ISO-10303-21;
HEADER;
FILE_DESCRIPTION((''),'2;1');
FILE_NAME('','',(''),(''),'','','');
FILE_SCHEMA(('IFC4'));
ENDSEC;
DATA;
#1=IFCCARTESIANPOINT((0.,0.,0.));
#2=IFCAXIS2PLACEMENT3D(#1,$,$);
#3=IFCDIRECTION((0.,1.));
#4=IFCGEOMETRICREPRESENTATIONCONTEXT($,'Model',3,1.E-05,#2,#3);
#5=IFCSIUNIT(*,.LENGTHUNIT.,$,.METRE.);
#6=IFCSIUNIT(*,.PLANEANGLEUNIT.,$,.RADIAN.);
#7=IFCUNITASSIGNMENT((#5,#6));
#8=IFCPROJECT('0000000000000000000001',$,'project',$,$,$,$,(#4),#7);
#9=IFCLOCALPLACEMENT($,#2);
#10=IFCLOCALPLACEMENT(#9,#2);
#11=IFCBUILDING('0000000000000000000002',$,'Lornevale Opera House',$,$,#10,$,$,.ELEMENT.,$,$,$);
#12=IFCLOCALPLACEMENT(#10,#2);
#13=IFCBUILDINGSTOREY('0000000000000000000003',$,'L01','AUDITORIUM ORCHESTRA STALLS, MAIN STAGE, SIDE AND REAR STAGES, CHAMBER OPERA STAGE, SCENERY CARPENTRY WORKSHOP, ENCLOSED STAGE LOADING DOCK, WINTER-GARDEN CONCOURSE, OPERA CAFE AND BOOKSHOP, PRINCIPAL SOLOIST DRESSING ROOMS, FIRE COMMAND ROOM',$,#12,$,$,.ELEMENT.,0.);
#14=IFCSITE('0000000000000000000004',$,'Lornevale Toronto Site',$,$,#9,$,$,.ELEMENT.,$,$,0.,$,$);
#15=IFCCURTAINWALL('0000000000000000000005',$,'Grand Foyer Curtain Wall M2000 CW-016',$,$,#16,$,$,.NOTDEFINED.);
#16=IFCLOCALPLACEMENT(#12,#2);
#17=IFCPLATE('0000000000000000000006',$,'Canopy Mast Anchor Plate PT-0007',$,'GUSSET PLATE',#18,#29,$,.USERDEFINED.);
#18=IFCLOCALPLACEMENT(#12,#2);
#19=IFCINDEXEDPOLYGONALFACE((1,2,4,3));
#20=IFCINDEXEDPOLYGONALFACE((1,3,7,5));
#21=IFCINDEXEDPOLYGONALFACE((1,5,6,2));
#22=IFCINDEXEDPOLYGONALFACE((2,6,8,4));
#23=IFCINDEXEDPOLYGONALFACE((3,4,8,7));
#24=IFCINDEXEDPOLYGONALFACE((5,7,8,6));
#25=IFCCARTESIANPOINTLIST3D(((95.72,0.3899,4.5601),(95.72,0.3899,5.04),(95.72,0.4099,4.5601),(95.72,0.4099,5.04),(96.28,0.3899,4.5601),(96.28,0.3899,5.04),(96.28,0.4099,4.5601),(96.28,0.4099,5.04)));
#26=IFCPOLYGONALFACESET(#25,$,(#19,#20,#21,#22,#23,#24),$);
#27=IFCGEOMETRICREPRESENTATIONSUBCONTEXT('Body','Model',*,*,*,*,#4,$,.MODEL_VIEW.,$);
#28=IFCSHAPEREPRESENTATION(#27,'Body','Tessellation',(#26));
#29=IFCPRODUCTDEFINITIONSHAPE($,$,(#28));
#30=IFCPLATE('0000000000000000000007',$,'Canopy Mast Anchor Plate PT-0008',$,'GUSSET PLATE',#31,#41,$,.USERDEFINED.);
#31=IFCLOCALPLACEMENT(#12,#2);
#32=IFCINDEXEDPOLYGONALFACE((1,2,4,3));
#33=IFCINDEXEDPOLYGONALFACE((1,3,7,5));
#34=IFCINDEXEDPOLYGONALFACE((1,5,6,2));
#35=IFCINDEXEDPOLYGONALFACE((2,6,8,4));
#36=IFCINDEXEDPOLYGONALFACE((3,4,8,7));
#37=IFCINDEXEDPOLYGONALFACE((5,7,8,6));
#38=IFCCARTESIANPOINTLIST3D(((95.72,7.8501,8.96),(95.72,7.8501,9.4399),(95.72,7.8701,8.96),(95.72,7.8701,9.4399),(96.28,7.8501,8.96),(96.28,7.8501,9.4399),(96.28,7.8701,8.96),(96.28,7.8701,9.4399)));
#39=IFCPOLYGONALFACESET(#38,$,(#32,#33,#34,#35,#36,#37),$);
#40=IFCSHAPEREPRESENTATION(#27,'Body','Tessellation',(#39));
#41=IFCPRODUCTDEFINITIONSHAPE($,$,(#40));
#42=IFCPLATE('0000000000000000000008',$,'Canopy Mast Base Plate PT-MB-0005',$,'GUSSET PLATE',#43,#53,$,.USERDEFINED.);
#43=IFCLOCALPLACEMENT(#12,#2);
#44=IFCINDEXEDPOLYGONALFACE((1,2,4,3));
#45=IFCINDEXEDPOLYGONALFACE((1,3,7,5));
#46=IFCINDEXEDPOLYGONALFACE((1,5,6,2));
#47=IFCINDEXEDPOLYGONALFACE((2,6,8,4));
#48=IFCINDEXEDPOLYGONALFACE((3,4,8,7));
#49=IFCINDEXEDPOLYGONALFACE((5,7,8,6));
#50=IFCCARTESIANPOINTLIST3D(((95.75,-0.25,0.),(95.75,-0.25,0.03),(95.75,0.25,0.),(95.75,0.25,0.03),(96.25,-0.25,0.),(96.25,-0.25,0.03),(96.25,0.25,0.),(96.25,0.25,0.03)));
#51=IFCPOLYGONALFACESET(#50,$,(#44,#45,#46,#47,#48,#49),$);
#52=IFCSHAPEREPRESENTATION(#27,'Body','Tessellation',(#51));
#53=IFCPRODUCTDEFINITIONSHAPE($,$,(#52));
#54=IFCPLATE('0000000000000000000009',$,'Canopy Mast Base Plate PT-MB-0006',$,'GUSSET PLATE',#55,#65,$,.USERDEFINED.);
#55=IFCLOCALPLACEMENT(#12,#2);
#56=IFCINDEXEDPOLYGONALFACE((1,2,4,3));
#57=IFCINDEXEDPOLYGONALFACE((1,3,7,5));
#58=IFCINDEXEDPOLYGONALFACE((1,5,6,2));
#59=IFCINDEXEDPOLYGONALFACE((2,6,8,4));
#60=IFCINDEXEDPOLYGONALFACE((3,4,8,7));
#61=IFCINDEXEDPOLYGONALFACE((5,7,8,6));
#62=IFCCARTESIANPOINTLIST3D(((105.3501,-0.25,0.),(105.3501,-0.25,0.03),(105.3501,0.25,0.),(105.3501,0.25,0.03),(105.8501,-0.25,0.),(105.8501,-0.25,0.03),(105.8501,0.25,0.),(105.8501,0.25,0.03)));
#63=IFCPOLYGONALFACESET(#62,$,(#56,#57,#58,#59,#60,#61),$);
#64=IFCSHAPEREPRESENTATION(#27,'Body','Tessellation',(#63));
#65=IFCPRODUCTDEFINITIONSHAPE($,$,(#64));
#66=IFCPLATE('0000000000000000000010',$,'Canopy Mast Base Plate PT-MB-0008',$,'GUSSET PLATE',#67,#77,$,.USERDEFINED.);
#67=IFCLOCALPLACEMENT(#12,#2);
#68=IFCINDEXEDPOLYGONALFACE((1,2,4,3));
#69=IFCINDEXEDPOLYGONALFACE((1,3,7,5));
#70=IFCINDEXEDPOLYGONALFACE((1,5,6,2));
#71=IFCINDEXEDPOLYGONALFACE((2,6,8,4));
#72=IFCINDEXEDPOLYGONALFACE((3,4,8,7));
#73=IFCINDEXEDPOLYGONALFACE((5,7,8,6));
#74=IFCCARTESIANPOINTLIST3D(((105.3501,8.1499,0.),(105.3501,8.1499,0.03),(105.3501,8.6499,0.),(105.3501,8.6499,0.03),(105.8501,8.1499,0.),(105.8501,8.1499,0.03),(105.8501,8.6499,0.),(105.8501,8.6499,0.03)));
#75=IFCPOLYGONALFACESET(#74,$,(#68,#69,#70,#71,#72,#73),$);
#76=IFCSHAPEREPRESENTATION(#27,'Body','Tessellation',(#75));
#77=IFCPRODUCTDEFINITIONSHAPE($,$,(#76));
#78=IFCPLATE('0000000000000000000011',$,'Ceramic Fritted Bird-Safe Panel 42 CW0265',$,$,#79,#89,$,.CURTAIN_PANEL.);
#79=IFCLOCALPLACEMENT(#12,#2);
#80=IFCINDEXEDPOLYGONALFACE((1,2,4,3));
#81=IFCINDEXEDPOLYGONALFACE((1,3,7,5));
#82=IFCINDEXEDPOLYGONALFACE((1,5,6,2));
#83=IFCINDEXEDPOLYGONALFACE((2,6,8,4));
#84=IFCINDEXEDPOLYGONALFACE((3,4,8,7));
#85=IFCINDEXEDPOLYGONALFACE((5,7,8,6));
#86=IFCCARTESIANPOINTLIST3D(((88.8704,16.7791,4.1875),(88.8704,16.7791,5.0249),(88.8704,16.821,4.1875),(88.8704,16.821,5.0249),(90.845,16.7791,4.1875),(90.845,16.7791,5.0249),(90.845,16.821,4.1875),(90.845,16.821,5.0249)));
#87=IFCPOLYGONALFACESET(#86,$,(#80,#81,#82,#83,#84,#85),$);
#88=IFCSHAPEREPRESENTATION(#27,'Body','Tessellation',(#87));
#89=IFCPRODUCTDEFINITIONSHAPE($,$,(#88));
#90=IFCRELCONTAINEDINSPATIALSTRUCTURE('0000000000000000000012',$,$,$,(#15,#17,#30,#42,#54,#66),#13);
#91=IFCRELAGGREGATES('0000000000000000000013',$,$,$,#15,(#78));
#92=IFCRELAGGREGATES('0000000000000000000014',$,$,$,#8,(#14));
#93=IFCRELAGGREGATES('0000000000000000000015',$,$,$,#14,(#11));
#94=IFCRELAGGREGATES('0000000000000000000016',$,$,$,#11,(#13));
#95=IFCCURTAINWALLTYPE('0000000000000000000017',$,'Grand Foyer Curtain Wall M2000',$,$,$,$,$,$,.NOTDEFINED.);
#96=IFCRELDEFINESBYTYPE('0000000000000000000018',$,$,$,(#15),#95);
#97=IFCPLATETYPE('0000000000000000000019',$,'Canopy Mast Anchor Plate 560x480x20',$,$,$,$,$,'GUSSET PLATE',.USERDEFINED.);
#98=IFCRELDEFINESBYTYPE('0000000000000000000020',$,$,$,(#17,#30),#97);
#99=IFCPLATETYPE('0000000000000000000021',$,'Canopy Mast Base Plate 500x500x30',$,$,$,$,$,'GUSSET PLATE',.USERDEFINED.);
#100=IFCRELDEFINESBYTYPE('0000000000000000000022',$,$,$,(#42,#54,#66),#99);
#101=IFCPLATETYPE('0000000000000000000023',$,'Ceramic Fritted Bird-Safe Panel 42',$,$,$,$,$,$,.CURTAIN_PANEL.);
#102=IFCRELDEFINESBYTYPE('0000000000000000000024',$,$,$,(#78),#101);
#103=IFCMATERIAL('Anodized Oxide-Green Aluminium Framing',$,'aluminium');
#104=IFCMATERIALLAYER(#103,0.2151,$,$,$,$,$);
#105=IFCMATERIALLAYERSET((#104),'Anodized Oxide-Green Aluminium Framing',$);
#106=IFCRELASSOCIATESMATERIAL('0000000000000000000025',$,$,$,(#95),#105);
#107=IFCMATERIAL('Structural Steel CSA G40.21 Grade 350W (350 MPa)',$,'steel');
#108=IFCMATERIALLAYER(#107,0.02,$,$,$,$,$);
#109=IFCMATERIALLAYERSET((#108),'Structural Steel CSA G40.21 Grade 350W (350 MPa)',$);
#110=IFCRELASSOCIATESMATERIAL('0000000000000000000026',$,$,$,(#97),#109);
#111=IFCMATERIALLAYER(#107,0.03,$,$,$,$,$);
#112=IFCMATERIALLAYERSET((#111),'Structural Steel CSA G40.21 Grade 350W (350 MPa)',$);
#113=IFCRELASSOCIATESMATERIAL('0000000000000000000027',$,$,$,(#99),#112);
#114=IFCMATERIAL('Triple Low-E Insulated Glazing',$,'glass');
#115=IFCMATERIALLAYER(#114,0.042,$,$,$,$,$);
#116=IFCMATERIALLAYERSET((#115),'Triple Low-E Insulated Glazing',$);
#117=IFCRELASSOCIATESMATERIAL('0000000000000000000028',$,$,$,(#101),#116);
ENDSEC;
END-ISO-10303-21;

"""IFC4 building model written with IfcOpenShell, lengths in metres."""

from ifc_helpers import new_model, si_unit, direction, frame, origin, origin_2d, place, context, subcontext, project, spatial, rectangle, extrude, material, layer, layer_set, type_object, element, aggregate, save


model = new_model("IFC4")

# Units and contexts
model_context = context("Model", 3, precision=1e-05, world=origin(), true_north=direction((0.0, 1.0)))
body_context = subcontext(model_context, "Body", "Model", "MODEL_VIEW")
ifc_project = project(units=[si_unit("LENGTHUNIT", "METRE"), si_unit("PLANEANGLEUNIT", "RADIAN")], contexts=[model_context])

# Site, building, storey
site_placement = place(None, origin())
site = spatial("IfcSite", under=ifc_project, at=site_placement, Name="Lornevale Toronto Site", CompositionType="ELEMENT", RefElevation=0.0)
building_placement = place(site_placement, origin())
building = spatial("IfcBuilding", under=site, at=building_placement, Name="Lornevale Opera House", CompositionType="ELEMENT")
storey_placement = place(building_placement, origin())
storey = spatial("IfcBuildingStorey", under=building, at=storey_placement, Name="L01", Description="AUDITORIUM ORCHESTRA STALLS, MAIN STAGE, SIDE AND REAR STAGES, CHAMBER OPERA STAGE, SCENERY CARPENTRY WORKSHOP, ENCLOSED STAGE LOADING DOCK, WINTER-GARDEN CONCOURSE, OPERA CAFE AND BOOKSHOP, PRINCIPAL SOLOIST DRESSING ROOMS, FIRE COMMAND ROOM", CompositionType="ELEMENT", Elevation=0.0)

# Shared definitions
ifc_material_1 = material(Name="Structural Steel CSA G40.21 Grade 350W (350 MPa)", Category="steel")

# Curtain wall
ifc_material_2 = material(Name="Anodized Oxide-Green Aluminium Framing", Category="aluminium")
ifc_layer_1 = layer(ifc_material_2, 0.2151)
ifc_layer_set_1 = layer_set([ifc_layer_1], Name="Anodized Oxide-Green Aluminium Framing")
curtain_wall_type = type_object("IfcCurtainWallType", Name="Grand Foyer Curtain Wall M2000", PredefinedType="NOTDEFINED", material=ifc_layer_set_1)
curtain_wall_1_placement = place(storey_placement, origin())
curtain_wall_1 = element("IfcCurtainWall", 1, at=curtain_wall_1_placement, inside=storey, type_object=curtain_wall_type, Name="Grand Foyer Curtain Wall M2000 CW-016", PredefinedType="NOTDEFINED")

# Plates
ifc_layer_2 = layer(ifc_material_1, 0.02)
ifc_layer_set_2 = layer_set([ifc_layer_2], Name="Structural Steel CSA G40.21 Grade 350W (350 MPa)")
plate_type_1 = type_object("IfcPlateType", Name="Canopy Mast Anchor Plate 560x480x20", ElementType="GUSSET PLATE", PredefinedType="USERDEFINED", material=ifc_layer_set_2)
for number, where, z_axis, x_axis, name in (
    (2, (96.0, 0.3999, 4.5601), (0.0, 0.0, 1.0), (1.0, 0.0, 0.0), "Canopy Mast Anchor Plate PT-0007"),
    (3, (96.0, 7.8601, 8.96), (0.0, 0.0, 1.0), (1.0, 0.0, 0.0), "Canopy Mast Anchor Plate PT-0008"),
):
    element("IfcPlate", number, at=place(storey_placement, frame(where, z_axis=z_axis, x_axis=x_axis)), inside=storey, type_object=plate_type_1, Name=name, ObjectType="GUSSET PLATE", PredefinedType="USERDEFINED", context=body_context, shape_type="SweptSolid", body=[
        extrude(rectangle(XDim=0.5601, YDim=0.02, at=origin_2d()), origin(), (0.0, 0.0, 1.0), 0.48),
    ])
ifc_layer_3 = layer(ifc_material_1, 0.03)
ifc_layer_set_3 = layer_set([ifc_layer_3], Name="Structural Steel CSA G40.21 Grade 350W (350 MPa)")
plate_type_2 = type_object("IfcPlateType", Name="Canopy Mast Base Plate 500x500x30", ElementType="GUSSET PLATE", PredefinedType="USERDEFINED", material=ifc_layer_set_3)
for number, where, z_axis, x_axis, name in (
    (4, (96.0, 0.0, 0.0), (0.0, 0.0, 1.0), (1.0, 0.0, 0.0), "Canopy Mast Base Plate PT-MB-0005"),
    (5, (105.6001, 0.0, 0.0), (0.0, 0.0, 1.0), (1.0, 0.0, 0.0), "Canopy Mast Base Plate PT-MB-0006"),
    (6, (105.6001, 8.3999, 0.0), (0.0, 0.0, 1.0), (1.0, 0.0, 0.0), "Canopy Mast Base Plate PT-MB-0008"),
):
    element("IfcPlate", number, at=place(storey_placement, frame(where, z_axis=z_axis, x_axis=x_axis)), inside=storey, type_object=plate_type_2, Name=name, ObjectType="GUSSET PLATE", PredefinedType="USERDEFINED", context=body_context, shape_type="SweptSolid", body=[
        extrude(rectangle(XDim=0.5, YDim=0.5, at=origin_2d()), origin(), (0.0, 0.0, 1.0), 0.03),
    ])

# Plate
ifc_material_3 = material(Name="Triple Low-E Insulated Glazing", Category="glass")
ifc_layer_4 = layer(ifc_material_3, 0.042)
ifc_layer_set_4 = layer_set([ifc_layer_4], Name="Triple Low-E Insulated Glazing")
plate_type_3 = type_object("IfcPlateType", Name="Ceramic Fritted Bird-Safe Panel 42", PredefinedType="CURTAIN_PANEL", material=ifc_layer_set_4)
plate_placement = place(storey_placement, frame((89.8577, 16.8, 4.1875), z_axis=(0.0, 0.0, 1.0), x_axis=(-1.0, 0.0, 0.0)))
plate = element("IfcPlate", 7, at=plate_placement, type_object=plate_type_3, Name="Ceramic Fritted Bird-Safe Panel 42 CW0265", PredefinedType="CURTAIN_PANEL", context=body_context, shape_type="SweptSolid", body=[
    extrude(rectangle(XDim=1.9746, YDim=0.042, at=origin_2d()), origin(), (0.0, 0.0, 1.0), 0.8374),
])
aggregate(curtain_wall_1, [plate])

save(model, "model.ifc")
